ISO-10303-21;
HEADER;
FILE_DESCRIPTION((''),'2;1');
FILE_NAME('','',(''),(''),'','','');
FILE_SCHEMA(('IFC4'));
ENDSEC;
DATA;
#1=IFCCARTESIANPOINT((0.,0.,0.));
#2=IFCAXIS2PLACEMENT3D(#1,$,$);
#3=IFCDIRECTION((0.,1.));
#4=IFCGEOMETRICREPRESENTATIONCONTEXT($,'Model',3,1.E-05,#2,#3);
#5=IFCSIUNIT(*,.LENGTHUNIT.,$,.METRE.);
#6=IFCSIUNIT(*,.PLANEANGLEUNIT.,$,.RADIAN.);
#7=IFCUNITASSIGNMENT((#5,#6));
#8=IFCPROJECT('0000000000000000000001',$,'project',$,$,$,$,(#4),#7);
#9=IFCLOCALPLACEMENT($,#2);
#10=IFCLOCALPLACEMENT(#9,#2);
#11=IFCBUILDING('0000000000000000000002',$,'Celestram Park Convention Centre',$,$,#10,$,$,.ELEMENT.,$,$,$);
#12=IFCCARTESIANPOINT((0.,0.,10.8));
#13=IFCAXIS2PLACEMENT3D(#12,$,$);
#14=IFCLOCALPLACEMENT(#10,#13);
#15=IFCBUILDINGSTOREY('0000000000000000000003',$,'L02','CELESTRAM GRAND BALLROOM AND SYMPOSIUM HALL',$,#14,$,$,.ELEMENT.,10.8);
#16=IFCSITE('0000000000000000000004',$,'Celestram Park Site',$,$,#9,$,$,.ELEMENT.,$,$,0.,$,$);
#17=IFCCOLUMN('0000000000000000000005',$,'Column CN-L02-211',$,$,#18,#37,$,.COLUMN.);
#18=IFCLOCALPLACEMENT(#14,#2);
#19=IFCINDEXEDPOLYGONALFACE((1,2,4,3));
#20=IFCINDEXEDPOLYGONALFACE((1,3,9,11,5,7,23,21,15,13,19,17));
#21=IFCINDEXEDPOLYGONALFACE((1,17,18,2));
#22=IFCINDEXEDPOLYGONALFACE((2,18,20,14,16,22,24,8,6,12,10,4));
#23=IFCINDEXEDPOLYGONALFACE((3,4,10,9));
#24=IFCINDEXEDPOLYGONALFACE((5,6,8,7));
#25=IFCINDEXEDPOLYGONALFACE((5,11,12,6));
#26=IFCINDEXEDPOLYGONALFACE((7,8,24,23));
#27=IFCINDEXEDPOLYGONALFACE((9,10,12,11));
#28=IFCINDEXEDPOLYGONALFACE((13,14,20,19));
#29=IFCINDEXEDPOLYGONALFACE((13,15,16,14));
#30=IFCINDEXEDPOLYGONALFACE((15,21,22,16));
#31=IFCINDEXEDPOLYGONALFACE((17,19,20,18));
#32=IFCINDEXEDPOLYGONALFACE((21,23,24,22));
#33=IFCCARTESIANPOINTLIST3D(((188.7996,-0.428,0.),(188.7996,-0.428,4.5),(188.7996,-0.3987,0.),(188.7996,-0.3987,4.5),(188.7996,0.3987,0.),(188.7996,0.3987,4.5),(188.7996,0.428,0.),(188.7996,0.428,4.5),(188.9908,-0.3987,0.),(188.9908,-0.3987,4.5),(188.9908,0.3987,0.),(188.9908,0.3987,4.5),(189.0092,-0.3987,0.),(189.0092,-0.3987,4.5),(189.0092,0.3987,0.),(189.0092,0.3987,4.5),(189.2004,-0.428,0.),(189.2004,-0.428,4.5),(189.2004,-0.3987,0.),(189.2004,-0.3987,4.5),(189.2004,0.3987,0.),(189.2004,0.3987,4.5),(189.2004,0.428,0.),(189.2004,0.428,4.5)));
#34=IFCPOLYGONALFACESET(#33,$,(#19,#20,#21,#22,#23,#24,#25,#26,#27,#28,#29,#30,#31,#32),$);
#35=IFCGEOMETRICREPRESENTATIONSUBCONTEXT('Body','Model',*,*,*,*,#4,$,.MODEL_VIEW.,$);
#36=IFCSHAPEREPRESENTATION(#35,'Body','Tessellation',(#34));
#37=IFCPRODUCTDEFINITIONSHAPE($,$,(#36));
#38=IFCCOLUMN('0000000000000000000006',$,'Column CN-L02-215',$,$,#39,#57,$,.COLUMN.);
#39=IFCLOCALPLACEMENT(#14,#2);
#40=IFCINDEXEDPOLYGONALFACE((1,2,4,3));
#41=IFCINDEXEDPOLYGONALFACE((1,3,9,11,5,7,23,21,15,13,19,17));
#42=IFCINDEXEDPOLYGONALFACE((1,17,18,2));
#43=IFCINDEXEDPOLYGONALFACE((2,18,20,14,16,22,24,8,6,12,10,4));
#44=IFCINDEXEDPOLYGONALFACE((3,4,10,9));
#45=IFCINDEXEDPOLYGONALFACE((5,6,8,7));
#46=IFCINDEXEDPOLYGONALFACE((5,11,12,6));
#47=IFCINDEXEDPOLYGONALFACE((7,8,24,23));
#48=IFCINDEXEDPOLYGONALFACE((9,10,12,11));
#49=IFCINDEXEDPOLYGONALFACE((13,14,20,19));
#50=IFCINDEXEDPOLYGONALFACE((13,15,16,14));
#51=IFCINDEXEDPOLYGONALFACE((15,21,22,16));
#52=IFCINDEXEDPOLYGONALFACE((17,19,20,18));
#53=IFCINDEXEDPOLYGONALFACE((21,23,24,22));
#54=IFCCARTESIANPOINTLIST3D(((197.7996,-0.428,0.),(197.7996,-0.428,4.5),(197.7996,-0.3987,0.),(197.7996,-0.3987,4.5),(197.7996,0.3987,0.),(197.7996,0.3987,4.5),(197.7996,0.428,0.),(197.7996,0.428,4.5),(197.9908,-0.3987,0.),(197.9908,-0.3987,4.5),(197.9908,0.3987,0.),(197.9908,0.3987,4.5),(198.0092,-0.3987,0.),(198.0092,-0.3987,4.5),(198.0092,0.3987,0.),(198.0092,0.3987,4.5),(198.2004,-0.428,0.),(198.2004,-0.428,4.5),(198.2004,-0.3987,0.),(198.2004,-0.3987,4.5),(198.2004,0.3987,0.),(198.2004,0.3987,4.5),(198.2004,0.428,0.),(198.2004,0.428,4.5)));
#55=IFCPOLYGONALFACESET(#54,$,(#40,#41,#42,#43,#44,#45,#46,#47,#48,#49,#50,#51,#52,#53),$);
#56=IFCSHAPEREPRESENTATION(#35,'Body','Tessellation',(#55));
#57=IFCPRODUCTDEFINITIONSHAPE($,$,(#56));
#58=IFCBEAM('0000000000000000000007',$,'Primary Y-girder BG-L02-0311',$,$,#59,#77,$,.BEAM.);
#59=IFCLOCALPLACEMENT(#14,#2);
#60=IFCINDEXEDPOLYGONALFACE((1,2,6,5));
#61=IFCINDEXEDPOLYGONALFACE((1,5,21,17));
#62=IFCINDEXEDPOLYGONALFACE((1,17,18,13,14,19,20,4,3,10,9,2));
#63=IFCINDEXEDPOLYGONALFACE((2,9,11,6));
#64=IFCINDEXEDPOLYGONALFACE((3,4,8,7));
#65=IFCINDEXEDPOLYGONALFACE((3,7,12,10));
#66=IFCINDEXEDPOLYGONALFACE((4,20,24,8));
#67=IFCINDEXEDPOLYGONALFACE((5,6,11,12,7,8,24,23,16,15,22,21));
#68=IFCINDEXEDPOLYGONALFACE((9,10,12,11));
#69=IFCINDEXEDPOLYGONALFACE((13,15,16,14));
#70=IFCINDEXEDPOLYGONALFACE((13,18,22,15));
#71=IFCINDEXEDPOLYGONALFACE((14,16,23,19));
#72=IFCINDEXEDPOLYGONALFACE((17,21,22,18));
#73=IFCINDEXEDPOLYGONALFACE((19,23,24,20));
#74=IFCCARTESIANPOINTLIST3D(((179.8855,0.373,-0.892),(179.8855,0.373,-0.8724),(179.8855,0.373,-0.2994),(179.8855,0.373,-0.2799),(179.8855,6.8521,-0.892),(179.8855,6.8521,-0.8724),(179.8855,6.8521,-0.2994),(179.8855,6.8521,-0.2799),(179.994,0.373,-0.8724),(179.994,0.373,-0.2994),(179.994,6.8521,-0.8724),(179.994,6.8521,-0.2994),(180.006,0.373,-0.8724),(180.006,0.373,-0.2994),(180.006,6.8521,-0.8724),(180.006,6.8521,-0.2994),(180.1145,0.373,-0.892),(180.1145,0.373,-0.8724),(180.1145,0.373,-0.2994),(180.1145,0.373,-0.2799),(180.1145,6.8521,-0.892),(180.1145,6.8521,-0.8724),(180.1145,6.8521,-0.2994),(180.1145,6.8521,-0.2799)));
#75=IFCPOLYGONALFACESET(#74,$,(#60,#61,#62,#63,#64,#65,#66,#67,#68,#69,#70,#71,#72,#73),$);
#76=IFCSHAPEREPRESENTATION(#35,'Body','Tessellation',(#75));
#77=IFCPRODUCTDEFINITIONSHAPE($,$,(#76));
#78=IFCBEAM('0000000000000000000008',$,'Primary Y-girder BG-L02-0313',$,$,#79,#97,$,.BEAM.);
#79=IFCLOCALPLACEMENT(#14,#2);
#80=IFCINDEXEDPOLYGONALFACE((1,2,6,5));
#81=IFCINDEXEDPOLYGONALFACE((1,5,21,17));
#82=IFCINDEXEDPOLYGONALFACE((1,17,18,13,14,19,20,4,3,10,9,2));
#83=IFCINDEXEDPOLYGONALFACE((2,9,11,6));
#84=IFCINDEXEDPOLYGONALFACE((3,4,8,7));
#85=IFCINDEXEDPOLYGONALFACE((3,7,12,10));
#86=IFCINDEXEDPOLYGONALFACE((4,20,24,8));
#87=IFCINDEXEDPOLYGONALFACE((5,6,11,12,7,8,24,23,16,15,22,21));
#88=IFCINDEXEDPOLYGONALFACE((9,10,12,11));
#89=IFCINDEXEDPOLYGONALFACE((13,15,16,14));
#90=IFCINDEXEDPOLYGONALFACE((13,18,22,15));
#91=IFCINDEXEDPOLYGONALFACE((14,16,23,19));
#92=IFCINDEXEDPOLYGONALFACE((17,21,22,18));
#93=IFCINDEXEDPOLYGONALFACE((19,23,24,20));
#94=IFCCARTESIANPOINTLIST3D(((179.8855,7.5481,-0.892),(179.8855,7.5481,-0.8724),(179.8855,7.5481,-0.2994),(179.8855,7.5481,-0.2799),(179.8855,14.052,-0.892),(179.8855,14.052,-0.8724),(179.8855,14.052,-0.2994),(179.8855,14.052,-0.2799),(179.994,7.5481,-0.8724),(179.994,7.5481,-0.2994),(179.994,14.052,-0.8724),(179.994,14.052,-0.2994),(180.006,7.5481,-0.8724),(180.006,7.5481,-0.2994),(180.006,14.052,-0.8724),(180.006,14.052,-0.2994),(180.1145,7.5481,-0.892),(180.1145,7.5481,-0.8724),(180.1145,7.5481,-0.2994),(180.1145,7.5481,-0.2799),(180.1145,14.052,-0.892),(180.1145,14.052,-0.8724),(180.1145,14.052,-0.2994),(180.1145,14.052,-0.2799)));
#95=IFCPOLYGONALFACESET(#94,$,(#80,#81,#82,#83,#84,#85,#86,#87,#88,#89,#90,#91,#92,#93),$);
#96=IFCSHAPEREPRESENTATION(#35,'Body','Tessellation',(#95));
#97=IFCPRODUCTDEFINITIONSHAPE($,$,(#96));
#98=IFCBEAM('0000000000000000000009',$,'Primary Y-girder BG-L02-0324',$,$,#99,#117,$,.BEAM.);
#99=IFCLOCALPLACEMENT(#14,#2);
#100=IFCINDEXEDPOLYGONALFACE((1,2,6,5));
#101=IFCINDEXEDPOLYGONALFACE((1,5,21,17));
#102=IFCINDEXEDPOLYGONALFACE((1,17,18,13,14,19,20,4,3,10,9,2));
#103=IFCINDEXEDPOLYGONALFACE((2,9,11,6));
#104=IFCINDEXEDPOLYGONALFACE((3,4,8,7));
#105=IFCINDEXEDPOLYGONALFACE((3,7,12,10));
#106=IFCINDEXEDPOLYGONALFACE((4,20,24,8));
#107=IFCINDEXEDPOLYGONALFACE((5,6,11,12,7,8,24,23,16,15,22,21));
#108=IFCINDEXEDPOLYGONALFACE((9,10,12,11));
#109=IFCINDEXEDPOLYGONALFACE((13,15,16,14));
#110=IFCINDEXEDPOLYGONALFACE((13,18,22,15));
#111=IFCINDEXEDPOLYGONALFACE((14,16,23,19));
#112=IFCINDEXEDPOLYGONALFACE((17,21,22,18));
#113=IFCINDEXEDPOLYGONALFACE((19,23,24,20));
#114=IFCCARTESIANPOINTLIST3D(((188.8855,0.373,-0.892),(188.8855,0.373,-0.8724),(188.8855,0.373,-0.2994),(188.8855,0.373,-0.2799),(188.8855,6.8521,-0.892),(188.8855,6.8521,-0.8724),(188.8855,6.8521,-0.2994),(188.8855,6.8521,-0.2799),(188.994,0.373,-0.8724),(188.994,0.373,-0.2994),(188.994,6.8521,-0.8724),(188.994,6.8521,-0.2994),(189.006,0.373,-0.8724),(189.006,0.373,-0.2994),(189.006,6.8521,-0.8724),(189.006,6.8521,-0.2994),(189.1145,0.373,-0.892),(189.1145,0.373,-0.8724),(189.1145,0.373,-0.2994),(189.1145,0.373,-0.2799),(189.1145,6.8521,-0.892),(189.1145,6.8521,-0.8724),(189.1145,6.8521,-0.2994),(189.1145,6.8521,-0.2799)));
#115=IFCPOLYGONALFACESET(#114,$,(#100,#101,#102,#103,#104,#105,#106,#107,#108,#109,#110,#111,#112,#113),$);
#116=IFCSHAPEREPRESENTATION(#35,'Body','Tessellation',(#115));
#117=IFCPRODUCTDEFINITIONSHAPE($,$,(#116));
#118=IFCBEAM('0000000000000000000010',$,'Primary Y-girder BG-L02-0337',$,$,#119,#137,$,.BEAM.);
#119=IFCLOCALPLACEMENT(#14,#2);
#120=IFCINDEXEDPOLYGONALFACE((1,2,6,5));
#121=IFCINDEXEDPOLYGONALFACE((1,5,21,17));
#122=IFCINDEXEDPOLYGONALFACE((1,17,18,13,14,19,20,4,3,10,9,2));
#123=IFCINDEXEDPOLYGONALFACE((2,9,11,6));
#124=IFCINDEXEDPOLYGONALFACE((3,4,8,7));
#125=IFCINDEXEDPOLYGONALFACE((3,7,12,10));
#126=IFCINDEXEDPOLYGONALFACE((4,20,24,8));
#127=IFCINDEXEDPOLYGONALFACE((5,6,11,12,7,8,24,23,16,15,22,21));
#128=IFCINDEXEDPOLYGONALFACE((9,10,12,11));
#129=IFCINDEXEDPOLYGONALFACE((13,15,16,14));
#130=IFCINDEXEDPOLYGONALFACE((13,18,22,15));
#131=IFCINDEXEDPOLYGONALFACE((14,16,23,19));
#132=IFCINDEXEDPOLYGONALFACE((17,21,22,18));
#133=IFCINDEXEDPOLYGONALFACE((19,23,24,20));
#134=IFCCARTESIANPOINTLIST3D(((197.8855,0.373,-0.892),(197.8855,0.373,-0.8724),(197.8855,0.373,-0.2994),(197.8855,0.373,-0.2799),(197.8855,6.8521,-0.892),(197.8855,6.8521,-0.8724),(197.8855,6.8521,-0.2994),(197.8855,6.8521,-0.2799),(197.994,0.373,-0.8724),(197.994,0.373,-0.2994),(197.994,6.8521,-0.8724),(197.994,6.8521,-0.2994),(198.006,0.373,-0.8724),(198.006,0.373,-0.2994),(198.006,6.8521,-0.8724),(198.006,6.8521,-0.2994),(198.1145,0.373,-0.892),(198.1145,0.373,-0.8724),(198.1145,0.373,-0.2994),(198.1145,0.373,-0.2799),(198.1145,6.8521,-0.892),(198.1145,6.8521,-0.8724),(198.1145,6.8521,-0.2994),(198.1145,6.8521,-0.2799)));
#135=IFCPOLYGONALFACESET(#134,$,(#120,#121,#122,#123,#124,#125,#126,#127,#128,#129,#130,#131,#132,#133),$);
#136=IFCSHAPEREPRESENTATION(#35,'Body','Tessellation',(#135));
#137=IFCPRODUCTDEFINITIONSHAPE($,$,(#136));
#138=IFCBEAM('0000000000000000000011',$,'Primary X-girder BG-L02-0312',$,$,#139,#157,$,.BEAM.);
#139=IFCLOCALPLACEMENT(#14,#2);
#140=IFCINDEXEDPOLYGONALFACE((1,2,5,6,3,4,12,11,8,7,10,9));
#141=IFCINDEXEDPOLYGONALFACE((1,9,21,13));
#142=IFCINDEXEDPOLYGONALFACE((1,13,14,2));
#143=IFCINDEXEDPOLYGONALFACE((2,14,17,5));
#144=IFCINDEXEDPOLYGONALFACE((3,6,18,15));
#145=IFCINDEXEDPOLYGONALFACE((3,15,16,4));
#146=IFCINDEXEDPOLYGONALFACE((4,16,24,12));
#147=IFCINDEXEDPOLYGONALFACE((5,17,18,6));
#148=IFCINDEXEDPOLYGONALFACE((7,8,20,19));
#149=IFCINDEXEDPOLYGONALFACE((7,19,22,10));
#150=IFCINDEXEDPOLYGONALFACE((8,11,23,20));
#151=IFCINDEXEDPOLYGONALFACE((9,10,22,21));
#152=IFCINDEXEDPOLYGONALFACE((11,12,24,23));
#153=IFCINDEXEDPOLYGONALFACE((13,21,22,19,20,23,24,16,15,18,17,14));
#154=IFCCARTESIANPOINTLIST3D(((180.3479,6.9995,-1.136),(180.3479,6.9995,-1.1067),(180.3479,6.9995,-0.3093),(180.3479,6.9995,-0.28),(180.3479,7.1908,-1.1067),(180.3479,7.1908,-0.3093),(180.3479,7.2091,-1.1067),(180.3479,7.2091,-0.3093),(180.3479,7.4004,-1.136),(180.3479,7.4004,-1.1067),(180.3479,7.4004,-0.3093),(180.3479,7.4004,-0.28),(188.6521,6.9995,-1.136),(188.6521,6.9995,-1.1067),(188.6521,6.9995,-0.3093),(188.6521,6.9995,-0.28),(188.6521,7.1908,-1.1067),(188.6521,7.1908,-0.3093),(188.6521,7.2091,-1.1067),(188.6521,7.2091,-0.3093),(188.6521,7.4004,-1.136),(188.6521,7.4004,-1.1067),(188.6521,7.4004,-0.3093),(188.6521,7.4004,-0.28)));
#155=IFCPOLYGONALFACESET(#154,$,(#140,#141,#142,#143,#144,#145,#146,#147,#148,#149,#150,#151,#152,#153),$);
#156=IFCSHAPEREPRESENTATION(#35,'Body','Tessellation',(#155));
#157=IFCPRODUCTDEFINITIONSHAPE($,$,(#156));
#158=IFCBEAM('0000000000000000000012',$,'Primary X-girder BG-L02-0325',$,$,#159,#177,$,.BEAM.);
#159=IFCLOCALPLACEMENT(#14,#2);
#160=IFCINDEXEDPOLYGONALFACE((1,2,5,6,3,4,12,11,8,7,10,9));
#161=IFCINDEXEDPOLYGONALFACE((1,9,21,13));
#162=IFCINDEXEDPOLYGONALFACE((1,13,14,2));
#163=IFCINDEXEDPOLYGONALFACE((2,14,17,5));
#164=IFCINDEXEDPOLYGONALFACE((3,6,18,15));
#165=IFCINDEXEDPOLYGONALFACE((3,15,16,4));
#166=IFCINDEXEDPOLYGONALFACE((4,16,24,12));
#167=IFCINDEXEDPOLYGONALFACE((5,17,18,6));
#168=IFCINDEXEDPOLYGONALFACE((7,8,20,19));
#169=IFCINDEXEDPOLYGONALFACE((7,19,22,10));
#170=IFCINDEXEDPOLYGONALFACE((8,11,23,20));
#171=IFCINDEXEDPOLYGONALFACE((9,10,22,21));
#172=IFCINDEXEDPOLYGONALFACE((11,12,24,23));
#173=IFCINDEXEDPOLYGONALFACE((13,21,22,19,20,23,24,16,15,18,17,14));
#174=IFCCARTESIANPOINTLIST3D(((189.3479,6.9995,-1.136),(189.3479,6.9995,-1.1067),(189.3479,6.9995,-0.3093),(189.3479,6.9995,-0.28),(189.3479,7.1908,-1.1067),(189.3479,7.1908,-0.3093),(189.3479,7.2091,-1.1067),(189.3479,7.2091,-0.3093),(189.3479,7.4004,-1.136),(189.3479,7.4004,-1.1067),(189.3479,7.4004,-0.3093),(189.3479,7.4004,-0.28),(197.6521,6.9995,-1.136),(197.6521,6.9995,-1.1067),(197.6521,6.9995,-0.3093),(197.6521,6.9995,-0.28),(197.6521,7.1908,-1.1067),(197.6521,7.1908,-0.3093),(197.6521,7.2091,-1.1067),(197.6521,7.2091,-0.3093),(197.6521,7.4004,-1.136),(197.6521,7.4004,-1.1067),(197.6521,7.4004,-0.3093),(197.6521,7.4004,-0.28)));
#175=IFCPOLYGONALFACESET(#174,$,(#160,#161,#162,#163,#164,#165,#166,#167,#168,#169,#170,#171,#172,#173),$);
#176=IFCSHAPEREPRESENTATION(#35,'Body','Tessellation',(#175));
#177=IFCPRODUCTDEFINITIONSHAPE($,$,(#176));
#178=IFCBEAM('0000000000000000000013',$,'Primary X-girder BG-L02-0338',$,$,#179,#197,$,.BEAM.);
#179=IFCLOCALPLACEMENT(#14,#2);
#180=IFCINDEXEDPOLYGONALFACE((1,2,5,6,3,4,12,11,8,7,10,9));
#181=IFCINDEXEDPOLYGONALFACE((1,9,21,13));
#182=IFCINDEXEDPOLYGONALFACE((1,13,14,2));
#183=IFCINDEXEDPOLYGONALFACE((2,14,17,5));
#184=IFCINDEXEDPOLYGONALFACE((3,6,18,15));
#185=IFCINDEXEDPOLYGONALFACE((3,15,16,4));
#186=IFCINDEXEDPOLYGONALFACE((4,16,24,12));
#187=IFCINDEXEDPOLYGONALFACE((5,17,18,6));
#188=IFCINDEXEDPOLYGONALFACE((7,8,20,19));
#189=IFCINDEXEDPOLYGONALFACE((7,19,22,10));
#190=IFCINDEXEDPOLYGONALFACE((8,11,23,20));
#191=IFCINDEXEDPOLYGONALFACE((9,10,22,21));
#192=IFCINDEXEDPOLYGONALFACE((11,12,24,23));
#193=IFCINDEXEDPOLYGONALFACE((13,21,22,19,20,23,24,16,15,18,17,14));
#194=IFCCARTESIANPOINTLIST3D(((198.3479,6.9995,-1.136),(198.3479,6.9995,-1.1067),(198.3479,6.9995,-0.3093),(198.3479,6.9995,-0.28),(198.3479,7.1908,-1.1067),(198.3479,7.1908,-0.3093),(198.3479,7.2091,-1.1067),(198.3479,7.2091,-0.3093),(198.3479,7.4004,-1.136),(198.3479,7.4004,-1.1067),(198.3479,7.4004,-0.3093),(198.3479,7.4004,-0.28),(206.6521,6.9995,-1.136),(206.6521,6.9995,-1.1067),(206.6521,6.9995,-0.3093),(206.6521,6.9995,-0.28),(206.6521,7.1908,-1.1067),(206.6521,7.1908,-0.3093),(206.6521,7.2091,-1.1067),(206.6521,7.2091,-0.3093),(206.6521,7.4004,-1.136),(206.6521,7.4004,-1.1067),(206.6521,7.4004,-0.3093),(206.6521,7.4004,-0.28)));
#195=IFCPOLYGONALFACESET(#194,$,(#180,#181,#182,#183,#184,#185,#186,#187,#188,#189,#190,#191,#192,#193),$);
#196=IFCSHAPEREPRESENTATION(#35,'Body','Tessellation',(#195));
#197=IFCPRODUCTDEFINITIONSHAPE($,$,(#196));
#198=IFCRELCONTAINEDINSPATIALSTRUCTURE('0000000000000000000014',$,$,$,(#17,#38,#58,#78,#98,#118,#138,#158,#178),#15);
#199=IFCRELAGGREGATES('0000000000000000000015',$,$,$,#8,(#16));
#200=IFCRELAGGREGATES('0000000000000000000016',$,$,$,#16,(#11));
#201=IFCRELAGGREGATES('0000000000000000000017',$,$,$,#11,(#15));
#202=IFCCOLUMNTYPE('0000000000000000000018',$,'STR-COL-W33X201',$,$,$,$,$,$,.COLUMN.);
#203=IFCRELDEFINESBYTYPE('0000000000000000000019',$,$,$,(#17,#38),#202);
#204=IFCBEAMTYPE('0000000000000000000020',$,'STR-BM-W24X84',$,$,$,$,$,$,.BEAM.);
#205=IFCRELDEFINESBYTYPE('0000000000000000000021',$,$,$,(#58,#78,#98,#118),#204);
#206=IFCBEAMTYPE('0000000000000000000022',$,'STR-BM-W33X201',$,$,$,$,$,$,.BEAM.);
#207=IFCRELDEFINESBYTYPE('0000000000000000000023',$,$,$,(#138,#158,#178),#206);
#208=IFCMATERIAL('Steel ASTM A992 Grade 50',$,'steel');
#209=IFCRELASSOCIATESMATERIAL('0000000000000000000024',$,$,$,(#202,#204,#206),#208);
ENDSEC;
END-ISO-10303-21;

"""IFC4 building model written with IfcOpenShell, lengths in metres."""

from ifc_helpers import new_model, si_unit, direction, frame, origin, origin_2d, place, context, subcontext, project, spatial, i_section, extrude, material, material_profile, profile_set, type_object, element, save


model = new_model("IFC4")

# Units and contexts
model_context = context("Model", 3, precision=1e-05, world=origin(), true_north=direction((0.0, 1.0)))
body_context = subcontext(model_context, "Body", "Model", "MODEL_VIEW")
ifc_project = project(units=[si_unit("LENGTHUNIT", "METRE"), si_unit("PLANEANGLEUNIT", "RADIAN")], contexts=[model_context])

# Site, building, storey
site_placement = place(None, origin())
site = spatial("IfcSite", under=ifc_project, at=site_placement, Name="Celestram Park Site", CompositionType="ELEMENT", RefElevation=0.0)
building_placement = place(site_placement, origin())
building = spatial("IfcBuilding", under=site, at=building_placement, Name="Celestram Park Convention Centre", CompositionType="ELEMENT")
storey_placement = place(building_placement, frame((0.0, 0.0, 10.8)))
storey = spatial("IfcBuildingStorey", under=building, at=storey_placement, Name="L02", Description="CELESTRAM GRAND BALLROOM AND SYMPOSIUM HALL", CompositionType="ELEMENT", Elevation=10.8)

# Columns
ifc_material_1 = material(Name="Steel ASTM A992 Grade 50", Category="steel")
ifc_material_profile_1 = material_profile(ifc_material_1, i_section(OverallWidth=0.4009, OverallDepth=0.856, WebThickness=0.0183, FlangeThickness=0.0293, at=origin_2d()), Name="W33X201")
ifc_profile_set_1 = profile_set([ifc_material_profile_1], Name="Steel ASTM A992 Grade 50")
column_type = type_object("IfcColumnType", Name="STR-COL-W33X201", PredefinedType="COLUMN", material=ifc_profile_set_1)
for number, where, z_axis, x_axis, name in (
    (1, (189.0, 0.0, 0.0), (0.0, 0.0, 1.0), (1.0, 0.0, 0.0), "Column CN-L02-211"),
    (2, (198.0, 0.0, 0.0), (0.0, 0.0, 1.0), (1.0, 0.0, 0.0), "Column CN-L02-215"),
):
    element("IfcColumn", number, at=place(storey_placement, frame(where, z_axis=z_axis, x_axis=x_axis)), inside=storey, type_object=column_type, Name=name, PredefinedType="COLUMN", context=body_context, shape_type="SweptSolid", body=[
        extrude(i_section(OverallWidth=0.4009, OverallDepth=0.856, WebThickness=0.0183, FlangeThickness=0.0293, at=origin_2d()), origin(), (0.0, 0.0, 1.0), 4.5),
    ])

# Beams
ifc_material_profile_2 = material_profile(ifc_material_1, i_section(OverallWidth=0.229, OverallDepth=0.6121, WebThickness=0.012, FlangeThickness=0.0195, at=origin_2d()), Name="W24X84")
ifc_profile_set_2 = profile_set([ifc_material_profile_2], Name="Steel ASTM A992 Grade 50")
beam_type_1 = type_object("IfcBeamType", Name="STR-BM-W24X84", PredefinedType="BEAM", material=ifc_profile_set_2)
beam_1_placement = place(storey_placement, frame((180.0, 0.373, -0.5859), z_axis=(0.0, 1.0, 0.0), x_axis=(-1.0, 0.0, 0.0)))
element("IfcBeam", 3, at=beam_1_placement, inside=storey, type_object=beam_type_1, Name="Primary Y-girder BG-L02-0311", PredefinedType="BEAM", context=body_context, shape_type="SweptSolid", body=[
    extrude(i_section(OverallWidth=0.229, OverallDepth=0.6121, WebThickness=0.012, FlangeThickness=0.0195, at=origin_2d()), origin(), (0.0, 0.0, 1.0), 6.479),
])
beam_2_placement = place(storey_placement, frame((180.0, 7.5481, -0.5859), z_axis=(0.0, 1.0, 0.0), x_axis=(-1.0, 0.0, 0.0)))
element("IfcBeam", 4, at=beam_2_placement, inside=storey, type_object=beam_type_1, Name="Primary Y-girder BG-L02-0313", PredefinedType="BEAM", context=body_context, shape_type="SweptSolid", body=[
    extrude(i_section(OverallWidth=0.229, OverallDepth=0.6121, WebThickness=0.012, FlangeThickness=0.0195, at=origin_2d()), origin(), (0.0, 0.0, 1.0), 6.5039),
])
for number, where, z_axis, x_axis, name in (
    (5, (189.0, 0.373, -0.5859), (0.0, 1.0, 0.0), (-1.0, 0.0, 0.0), "Primary Y-girder BG-L02-0324"),
    (6, (198.0, 0.373, -0.5859), (0.0, 1.0, 0.0), (-1.0, 0.0, 0.0), "Primary Y-girder BG-L02-0337"),
):
    element("IfcBeam", number, at=place(storey_placement, frame(where, z_axis=z_axis, x_axis=x_axis)), inside=storey, type_object=beam_type_1, Name=name, PredefinedType="BEAM", context=body_context, shape_type="SweptSolid", body=[
        extrude(i_section(OverallWidth=0.229, OverallDepth=0.6121, WebThickness=0.012, FlangeThickness=0.0195, at=origin_2d()), origin(), (0.0, 0.0, 1.0), 6.479),
    ])
ifc_material_profile_3 = material_profile(ifc_material_1, i_section(OverallWidth=0.4009, OverallDepth=0.856, WebThickness=0.0183, FlangeThickness=0.0293, at=origin_2d()), Name="W33X201")
ifc_profile_set_3 = profile_set([ifc_material_profile_3], Name="Steel ASTM A992 Grade 50")
beam_type_2 = type_object("IfcBeamType", Name="STR-BM-W33X201", PredefinedType="BEAM", material=ifc_profile_set_3)
for number, where, z_axis, x_axis, name in (
    (7, (180.3479, 7.2, -0.708), (1.0, 0.0, 0.0), (0.0, 1.0, 0.0), "Primary X-girder BG-L02-0312"),
    (8, (189.3479, 7.2, -0.708), (1.0, 0.0, 0.0), (0.0, 1.0, 0.0), "Primary X-girder BG-L02-0325"),
    (9, (198.3479, 7.2, -0.708), (1.0, 0.0, 0.0), (0.0, 1.0, 0.0), "Primary X-girder BG-L02-0338"),
):
    element("IfcBeam", number, at=place(storey_placement, frame(where, z_axis=z_axis, x_axis=x_axis)), inside=storey, type_object=beam_type_2, Name=name, PredefinedType="BEAM", context=body_context, shape_type="SweptSolid", body=[
        extrude(i_section(OverallWidth=0.4009, OverallDepth=0.856, WebThickness=0.0183, FlangeThickness=0.0293, at=origin_2d()), origin(), (0.0, 0.0, 1.0), 8.3042),
    ])

save(model, "model.ifc")
